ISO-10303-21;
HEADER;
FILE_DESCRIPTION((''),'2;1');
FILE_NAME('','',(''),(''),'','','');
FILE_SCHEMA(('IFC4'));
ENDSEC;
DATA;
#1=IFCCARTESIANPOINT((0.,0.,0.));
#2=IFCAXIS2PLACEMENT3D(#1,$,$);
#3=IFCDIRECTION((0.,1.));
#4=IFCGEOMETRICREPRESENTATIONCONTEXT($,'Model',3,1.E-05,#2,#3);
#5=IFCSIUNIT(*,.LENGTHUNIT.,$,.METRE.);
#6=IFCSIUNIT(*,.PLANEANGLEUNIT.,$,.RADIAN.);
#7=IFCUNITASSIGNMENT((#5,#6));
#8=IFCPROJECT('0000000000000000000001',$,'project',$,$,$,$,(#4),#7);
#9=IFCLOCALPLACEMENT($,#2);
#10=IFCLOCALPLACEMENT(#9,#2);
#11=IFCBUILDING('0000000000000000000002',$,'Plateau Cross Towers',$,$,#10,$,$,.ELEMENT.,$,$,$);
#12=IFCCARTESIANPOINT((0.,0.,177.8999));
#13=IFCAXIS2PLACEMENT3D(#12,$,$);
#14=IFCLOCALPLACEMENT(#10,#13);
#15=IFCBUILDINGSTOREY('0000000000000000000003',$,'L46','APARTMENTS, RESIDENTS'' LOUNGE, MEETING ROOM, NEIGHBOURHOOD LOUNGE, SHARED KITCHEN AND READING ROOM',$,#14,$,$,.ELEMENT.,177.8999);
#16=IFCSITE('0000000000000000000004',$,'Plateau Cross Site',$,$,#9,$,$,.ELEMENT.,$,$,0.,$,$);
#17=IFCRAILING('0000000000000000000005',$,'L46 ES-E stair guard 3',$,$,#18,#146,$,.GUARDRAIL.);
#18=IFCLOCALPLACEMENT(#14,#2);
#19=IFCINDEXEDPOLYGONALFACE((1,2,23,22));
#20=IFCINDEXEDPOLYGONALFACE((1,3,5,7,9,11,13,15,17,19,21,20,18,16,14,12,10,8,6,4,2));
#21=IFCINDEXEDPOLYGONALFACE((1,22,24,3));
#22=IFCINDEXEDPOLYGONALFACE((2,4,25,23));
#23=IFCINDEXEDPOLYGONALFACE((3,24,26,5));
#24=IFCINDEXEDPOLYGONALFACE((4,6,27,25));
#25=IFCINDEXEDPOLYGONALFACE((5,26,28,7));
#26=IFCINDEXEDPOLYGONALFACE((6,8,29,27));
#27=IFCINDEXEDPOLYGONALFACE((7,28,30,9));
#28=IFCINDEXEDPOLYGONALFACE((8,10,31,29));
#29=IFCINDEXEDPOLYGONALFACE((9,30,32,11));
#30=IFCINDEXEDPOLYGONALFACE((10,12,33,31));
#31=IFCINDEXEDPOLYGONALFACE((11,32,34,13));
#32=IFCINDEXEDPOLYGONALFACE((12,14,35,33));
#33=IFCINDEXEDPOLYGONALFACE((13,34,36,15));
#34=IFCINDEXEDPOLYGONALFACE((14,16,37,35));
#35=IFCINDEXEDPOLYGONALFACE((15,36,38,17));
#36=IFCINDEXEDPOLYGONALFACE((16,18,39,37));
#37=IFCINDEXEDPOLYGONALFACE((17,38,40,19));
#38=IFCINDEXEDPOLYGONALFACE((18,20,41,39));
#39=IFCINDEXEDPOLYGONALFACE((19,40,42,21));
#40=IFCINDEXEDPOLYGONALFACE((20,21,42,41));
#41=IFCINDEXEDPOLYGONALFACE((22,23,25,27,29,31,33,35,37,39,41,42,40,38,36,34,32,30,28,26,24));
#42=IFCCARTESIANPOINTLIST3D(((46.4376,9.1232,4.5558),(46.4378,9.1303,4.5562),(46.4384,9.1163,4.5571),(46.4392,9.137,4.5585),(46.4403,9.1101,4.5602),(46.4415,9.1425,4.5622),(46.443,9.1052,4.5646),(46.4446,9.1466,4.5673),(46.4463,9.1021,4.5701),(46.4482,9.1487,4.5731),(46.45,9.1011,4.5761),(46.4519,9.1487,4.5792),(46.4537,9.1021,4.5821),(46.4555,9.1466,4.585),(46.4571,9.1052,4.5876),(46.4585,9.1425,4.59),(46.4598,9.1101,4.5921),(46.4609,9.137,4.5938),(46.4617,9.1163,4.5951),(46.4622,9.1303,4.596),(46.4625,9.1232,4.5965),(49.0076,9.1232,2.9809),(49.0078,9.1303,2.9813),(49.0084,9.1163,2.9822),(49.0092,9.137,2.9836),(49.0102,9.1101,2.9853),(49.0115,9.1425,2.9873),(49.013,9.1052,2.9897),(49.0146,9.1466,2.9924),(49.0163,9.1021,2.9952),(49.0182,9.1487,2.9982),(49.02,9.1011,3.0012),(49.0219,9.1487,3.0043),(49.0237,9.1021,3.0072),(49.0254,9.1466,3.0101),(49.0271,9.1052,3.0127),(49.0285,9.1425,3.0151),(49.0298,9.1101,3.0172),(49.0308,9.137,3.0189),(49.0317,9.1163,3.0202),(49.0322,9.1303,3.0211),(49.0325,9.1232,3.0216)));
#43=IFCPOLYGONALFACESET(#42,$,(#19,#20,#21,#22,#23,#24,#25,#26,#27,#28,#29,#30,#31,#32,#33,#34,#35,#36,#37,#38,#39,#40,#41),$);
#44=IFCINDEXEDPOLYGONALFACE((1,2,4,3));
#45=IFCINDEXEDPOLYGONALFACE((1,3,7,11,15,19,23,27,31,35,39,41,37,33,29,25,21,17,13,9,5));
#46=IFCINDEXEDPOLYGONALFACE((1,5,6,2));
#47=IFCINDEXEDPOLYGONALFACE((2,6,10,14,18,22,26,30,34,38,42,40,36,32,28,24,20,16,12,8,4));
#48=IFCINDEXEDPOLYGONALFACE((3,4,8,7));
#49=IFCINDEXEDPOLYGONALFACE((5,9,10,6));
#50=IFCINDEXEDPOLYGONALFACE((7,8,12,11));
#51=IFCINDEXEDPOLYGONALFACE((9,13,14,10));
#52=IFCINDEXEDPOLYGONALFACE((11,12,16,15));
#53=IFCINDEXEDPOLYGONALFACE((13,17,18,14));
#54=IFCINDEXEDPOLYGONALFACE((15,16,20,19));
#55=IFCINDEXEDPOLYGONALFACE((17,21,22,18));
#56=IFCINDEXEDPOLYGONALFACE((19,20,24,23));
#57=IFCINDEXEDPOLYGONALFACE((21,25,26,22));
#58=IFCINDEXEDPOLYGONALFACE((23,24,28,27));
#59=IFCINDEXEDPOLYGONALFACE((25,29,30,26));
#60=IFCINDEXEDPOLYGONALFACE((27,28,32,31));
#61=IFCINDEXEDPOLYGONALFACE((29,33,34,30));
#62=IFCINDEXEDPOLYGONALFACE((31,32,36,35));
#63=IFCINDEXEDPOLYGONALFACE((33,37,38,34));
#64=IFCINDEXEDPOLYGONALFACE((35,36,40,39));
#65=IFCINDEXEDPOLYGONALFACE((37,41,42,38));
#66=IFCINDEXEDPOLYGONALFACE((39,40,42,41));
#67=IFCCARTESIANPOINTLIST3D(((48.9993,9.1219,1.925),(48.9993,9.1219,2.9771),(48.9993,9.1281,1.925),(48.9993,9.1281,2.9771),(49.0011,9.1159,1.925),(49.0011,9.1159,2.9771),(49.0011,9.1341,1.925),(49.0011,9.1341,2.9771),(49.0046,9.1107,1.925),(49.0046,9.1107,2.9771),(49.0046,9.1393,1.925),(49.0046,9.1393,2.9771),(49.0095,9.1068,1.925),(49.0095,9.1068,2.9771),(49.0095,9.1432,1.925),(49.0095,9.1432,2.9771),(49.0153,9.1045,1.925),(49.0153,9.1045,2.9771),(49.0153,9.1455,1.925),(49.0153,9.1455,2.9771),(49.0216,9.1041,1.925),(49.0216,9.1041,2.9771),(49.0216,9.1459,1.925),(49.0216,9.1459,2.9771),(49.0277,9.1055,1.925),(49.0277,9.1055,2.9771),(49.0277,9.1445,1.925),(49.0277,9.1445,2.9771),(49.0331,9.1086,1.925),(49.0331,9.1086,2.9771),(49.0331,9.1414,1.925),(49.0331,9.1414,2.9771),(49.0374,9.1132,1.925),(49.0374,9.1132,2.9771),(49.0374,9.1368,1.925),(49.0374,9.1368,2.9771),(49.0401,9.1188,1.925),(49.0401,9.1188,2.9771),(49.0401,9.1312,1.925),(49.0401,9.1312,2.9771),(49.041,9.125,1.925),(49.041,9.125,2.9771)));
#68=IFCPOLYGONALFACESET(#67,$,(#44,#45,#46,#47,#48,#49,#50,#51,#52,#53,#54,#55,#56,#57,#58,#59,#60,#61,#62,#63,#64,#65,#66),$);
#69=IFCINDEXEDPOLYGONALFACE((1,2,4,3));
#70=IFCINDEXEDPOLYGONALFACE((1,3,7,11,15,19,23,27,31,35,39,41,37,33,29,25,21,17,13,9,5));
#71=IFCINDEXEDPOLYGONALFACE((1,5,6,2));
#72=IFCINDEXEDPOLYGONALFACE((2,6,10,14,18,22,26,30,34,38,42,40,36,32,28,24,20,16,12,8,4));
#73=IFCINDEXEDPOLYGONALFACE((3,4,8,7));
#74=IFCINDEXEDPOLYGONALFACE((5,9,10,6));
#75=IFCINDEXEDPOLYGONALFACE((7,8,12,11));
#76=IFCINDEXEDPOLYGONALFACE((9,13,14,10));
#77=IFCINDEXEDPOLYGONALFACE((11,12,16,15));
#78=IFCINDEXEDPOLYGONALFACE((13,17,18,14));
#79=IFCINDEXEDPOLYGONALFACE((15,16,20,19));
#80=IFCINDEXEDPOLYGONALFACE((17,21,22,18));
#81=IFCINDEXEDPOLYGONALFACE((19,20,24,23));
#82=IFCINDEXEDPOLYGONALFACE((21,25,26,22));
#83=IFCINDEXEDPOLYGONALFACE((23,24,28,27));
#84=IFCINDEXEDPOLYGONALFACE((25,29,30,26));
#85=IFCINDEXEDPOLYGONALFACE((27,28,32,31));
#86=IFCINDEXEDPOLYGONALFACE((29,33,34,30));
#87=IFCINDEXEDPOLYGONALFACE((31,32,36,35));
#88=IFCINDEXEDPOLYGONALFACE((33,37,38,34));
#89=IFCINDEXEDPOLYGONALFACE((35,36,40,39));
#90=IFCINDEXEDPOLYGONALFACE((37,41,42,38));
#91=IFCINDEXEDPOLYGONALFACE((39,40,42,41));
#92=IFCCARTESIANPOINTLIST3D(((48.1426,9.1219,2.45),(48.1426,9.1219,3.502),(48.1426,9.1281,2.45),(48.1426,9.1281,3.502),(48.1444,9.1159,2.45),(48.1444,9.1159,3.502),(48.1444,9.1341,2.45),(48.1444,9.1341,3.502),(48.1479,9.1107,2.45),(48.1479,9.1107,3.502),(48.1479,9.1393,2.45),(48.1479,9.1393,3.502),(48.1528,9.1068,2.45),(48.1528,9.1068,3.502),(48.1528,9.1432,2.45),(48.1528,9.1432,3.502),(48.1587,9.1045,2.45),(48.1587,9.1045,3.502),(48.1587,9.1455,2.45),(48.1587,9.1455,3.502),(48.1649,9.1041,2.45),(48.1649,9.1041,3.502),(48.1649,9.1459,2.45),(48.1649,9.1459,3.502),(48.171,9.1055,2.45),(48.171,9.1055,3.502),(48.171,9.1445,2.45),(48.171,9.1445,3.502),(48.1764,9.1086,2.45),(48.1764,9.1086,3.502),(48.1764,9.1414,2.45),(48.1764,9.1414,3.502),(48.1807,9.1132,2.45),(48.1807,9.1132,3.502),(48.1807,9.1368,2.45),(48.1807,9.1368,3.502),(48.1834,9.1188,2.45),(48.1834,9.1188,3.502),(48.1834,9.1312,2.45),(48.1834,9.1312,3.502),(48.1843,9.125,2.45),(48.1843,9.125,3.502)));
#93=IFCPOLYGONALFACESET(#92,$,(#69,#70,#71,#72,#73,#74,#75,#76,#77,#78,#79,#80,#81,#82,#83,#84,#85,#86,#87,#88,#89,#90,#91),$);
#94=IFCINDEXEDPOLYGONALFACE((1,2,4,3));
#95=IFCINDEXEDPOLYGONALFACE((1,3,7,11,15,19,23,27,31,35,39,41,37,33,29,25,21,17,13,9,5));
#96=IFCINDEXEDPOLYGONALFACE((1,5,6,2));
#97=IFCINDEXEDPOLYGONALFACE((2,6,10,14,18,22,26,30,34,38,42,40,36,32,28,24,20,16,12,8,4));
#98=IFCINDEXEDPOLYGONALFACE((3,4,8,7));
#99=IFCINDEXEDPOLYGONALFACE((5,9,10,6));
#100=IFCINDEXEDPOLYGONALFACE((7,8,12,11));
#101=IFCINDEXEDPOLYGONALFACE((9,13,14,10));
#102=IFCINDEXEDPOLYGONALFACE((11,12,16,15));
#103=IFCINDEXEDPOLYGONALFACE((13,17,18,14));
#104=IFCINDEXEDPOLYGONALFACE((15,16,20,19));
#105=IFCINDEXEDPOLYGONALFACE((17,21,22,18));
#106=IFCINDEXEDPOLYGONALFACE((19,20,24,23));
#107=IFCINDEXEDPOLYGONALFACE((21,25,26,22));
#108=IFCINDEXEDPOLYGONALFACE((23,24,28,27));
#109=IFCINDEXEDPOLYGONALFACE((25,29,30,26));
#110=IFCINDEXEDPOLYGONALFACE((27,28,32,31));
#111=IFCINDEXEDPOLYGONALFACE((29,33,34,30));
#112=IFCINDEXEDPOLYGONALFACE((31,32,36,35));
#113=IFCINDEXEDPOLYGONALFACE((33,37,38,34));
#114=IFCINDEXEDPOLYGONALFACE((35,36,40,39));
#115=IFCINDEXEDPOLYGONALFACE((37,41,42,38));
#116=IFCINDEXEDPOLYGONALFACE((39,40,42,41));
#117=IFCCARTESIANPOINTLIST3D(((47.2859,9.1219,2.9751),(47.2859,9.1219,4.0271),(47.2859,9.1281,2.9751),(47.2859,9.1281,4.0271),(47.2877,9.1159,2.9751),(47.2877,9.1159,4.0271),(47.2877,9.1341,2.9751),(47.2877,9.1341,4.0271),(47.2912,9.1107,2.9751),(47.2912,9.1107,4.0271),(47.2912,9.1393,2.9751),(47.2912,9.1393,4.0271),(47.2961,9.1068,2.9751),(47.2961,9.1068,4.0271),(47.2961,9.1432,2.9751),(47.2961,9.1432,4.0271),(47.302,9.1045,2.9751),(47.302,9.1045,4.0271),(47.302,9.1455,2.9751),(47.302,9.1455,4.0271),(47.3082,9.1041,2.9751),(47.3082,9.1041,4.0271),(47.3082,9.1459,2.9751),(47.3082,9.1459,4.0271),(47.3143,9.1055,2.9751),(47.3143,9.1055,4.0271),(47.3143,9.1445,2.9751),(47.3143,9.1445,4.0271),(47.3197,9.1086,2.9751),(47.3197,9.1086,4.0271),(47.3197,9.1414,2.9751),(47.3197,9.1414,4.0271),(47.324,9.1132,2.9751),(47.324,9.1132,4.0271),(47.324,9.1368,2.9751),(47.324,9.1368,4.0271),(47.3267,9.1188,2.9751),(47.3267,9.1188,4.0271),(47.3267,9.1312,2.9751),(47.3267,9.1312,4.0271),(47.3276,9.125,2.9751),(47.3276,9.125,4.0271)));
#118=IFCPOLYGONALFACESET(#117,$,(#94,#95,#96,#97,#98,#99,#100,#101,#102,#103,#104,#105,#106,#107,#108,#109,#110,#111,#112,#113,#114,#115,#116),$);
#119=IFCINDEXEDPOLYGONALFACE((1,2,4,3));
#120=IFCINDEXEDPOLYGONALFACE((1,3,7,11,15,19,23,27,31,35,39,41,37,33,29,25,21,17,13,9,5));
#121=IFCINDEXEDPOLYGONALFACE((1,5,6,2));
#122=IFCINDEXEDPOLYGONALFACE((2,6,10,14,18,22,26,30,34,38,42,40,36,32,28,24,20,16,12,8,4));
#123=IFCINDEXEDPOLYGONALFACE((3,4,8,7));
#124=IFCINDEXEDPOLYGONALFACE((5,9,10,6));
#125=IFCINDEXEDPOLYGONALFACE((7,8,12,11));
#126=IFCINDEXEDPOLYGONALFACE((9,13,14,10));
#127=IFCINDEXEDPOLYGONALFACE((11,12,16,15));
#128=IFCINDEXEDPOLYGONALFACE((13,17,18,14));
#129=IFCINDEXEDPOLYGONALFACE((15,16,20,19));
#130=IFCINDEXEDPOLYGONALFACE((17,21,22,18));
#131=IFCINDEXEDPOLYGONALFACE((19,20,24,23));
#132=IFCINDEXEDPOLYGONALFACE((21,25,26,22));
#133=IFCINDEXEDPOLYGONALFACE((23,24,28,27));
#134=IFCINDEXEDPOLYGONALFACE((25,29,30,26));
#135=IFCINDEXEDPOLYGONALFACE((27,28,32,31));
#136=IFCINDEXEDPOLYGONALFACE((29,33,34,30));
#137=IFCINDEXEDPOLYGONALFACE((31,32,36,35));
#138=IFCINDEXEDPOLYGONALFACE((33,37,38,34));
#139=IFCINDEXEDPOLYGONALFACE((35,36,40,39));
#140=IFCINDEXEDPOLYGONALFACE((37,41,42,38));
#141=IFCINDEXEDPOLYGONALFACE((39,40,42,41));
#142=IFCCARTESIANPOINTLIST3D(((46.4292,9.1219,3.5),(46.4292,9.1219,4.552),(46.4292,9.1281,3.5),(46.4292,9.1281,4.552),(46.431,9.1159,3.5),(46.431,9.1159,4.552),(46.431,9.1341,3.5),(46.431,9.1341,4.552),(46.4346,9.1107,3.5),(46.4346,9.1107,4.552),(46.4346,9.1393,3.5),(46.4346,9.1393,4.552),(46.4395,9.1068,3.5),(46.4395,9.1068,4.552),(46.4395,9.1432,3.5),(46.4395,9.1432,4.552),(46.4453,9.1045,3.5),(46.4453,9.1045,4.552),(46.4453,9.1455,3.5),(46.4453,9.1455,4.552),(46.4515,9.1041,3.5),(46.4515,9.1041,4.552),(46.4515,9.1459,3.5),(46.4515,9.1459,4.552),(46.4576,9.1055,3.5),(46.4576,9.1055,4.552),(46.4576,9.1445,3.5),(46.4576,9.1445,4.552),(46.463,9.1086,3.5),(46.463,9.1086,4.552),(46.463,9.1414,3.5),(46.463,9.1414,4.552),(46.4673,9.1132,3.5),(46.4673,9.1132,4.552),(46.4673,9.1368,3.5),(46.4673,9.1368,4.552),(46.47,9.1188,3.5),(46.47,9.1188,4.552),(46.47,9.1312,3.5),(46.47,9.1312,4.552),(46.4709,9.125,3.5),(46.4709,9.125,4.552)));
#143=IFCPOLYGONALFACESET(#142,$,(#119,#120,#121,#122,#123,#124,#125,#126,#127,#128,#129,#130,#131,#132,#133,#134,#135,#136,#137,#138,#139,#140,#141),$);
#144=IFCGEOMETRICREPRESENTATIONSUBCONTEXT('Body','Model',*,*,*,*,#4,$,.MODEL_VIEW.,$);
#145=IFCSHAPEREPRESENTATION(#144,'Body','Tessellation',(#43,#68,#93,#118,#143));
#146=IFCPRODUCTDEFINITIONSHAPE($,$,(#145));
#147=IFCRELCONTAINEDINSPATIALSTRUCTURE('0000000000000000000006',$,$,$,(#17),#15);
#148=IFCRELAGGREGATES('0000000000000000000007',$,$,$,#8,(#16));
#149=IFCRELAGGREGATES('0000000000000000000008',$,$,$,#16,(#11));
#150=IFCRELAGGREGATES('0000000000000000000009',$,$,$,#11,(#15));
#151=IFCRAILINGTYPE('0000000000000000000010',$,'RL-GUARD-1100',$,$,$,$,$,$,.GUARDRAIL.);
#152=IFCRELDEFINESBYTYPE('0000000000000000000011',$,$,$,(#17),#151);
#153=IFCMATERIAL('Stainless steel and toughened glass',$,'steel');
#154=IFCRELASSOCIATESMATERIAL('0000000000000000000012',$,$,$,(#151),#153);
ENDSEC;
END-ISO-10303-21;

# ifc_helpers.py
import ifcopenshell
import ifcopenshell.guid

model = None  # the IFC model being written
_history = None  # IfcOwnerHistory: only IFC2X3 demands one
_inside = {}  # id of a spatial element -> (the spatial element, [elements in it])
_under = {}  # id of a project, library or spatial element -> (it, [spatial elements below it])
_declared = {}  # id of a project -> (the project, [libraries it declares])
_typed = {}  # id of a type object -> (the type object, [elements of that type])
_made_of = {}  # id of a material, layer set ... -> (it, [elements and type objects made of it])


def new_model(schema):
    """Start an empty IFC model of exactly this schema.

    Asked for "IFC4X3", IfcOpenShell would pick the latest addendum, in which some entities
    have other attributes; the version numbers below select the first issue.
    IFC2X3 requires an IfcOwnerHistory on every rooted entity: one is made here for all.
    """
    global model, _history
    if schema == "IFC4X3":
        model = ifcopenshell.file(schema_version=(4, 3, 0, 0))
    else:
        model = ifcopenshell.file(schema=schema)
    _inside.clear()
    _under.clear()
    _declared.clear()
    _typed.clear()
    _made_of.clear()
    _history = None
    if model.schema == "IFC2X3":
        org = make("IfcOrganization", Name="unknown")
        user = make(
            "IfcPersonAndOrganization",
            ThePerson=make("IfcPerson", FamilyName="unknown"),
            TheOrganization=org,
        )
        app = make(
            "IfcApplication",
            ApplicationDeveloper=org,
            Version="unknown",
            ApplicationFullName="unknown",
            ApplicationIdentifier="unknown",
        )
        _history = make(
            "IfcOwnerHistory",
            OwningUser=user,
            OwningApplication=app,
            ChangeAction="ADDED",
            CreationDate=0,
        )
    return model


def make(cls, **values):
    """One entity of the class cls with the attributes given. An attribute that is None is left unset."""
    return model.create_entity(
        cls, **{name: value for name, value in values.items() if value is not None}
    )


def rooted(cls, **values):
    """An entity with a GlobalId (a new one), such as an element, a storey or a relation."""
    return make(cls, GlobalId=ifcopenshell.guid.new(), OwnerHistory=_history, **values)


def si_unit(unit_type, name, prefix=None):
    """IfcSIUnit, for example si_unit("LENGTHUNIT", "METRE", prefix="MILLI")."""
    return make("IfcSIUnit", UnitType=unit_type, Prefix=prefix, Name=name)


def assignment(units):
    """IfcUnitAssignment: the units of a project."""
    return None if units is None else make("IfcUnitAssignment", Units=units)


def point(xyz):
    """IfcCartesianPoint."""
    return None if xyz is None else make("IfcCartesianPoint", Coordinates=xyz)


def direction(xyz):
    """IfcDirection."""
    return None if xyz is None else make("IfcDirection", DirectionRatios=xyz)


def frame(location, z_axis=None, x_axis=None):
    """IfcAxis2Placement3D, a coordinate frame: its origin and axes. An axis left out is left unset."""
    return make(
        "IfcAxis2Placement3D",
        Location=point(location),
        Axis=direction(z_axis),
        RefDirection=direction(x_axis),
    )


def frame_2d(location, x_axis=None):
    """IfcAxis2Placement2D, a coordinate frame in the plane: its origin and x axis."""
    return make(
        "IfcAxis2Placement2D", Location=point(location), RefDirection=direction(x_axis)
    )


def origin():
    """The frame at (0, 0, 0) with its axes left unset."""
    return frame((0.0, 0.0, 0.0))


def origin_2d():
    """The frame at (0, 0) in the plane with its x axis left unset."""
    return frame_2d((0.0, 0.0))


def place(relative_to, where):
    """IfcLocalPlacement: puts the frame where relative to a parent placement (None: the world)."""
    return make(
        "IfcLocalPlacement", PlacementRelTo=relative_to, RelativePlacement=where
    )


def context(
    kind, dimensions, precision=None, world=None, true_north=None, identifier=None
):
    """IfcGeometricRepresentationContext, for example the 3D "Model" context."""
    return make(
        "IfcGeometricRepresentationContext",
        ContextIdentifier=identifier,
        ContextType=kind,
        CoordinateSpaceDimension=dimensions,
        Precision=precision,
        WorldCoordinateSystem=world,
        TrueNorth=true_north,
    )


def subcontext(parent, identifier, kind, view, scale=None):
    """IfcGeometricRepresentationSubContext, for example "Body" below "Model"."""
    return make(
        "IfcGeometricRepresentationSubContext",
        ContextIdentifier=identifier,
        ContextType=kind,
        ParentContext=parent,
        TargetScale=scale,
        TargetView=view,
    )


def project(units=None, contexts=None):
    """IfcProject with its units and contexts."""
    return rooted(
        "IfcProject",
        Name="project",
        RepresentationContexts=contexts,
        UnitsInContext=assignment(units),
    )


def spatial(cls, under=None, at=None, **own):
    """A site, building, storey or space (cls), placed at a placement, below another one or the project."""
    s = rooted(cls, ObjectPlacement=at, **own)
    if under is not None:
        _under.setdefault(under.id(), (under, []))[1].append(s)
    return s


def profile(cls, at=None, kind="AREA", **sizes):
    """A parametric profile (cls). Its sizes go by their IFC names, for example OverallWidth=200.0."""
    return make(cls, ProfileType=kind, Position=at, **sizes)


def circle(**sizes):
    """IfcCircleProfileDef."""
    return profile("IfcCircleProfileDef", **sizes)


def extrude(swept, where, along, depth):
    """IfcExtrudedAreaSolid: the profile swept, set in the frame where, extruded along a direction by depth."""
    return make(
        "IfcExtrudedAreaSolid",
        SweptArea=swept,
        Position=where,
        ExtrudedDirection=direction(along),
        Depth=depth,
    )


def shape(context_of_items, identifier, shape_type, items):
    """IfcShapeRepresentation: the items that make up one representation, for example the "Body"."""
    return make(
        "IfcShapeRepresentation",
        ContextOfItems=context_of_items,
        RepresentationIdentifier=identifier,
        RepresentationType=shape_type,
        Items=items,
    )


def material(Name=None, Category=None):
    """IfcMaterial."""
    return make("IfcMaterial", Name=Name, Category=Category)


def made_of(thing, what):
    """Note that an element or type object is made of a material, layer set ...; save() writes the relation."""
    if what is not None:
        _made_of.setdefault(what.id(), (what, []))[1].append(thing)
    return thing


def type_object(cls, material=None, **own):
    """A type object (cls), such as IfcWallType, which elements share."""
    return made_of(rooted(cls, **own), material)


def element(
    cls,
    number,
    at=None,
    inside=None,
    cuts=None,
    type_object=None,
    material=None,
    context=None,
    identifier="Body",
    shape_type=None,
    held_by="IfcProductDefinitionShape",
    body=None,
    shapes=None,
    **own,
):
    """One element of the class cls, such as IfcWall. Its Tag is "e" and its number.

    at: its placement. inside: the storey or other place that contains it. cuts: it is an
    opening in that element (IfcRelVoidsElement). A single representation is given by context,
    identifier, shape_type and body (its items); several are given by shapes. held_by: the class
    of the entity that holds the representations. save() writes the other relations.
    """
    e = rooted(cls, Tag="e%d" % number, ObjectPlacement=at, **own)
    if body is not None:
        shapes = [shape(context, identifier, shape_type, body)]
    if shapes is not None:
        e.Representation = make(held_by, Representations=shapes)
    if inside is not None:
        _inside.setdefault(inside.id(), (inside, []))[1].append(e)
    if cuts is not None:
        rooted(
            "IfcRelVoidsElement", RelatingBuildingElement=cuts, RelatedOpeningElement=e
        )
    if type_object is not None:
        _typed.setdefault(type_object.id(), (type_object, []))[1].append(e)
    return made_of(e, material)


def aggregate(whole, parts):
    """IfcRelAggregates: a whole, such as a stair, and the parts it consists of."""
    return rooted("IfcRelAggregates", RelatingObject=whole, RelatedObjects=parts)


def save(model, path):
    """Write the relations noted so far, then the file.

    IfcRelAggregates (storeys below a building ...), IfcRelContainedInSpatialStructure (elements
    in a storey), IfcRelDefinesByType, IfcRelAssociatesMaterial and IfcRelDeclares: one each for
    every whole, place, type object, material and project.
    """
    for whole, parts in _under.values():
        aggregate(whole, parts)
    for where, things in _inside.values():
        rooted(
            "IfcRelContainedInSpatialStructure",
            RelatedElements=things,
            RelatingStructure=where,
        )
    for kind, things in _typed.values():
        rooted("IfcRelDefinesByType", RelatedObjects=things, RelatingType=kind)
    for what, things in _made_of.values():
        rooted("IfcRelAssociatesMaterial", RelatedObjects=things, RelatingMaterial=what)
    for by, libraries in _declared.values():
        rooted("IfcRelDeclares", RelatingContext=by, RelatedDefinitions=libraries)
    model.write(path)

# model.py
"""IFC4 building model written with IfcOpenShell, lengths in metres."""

from ifc_helpers import new_model, si_unit, direction, frame, origin, origin_2d, place, context, subcontext, project, spatial, circle, extrude, material, type_object, element, save


model = new_model("IFC4")

# Units and contexts
model_context = context("Model", 3, precision=1e-05, world=origin(), true_north=direction((0.0, 1.0)))
body_context = subcontext(model_context, "Body", "Model", "MODEL_VIEW")
ifc_project = project(units=[si_unit("LENGTHUNIT", "METRE"), si_unit("PLANEANGLEUNIT", "RADIAN")], contexts=[model_context])

# Site, building, storey
site_placement = place(None, origin())
site = spatial("IfcSite", under=ifc_project, at=site_placement, Name="Plateau Cross Site", CompositionType="ELEMENT", RefElevation=0.0)
building_placement = place(site_placement, origin())
building = spatial("IfcBuilding", under=site, at=building_placement, Name="Plateau Cross Towers", CompositionType="ELEMENT")
storey_placement = place(building_placement, frame((0.0, 0.0, 177.8999)))
storey = spatial("IfcBuildingStorey", under=building, at=storey_placement, Name="L46", Description="APARTMENTS, RESIDENTS' LOUNGE, MEETING ROOM, NEIGHBOURHOOD LOUNGE, SHARED KITCHEN AND READING ROOM", CompositionType="ELEMENT", Elevation=177.8999)

# Railing
ifc_material_1 = material(Name="Stainless steel and toughened glass", Category="steel")
railing_type_1 = type_object("IfcRailingType", Name="RL-GUARD-1100", PredefinedType="GUARDRAIL", material=ifc_material_1)
railing_1_placement = place(storey_placement, frame((49.02, 9.125, 1.925)))
element("IfcRailing", 1, at=railing_1_placement, inside=storey, type_object=railing_type_1, Name="L46 ES-E stair guard 3", PredefinedType="GUARDRAIL", context=body_context, shape_type="SweptSolid", body=[
    extrude(circle(Radius=0.0239, at=origin_2d()), frame((0.0, 0.0, 1.0762), z_axis=(-0.852639, 0.0, 0.522501), x_axis=(0.0, -1.0, 0.0)), (0.0, 0.0, 1.0), 3.0142),
    extrude(circle(Radius=0.021, at=origin_2d()), origin(), (0.0, 0.0, 1.0), 1.052),
    extrude(circle(Radius=0.021, at=origin_2d()), frame((-0.8567, 0.0, 0.5249)), (0.0, 0.0, 1.0), 1.052),
    extrude(circle(Radius=0.021, at=origin_2d()), frame((-1.7134, 0.0, 1.05)), (0.0, 0.0, 1.0), 1.052),
    extrude(circle(Radius=0.021, at=origin_2d()), frame((-2.5701, 0.0, 1.575)), (0.0, 0.0, 1.0), 1.052),
])

save(model, "model.ifc")
